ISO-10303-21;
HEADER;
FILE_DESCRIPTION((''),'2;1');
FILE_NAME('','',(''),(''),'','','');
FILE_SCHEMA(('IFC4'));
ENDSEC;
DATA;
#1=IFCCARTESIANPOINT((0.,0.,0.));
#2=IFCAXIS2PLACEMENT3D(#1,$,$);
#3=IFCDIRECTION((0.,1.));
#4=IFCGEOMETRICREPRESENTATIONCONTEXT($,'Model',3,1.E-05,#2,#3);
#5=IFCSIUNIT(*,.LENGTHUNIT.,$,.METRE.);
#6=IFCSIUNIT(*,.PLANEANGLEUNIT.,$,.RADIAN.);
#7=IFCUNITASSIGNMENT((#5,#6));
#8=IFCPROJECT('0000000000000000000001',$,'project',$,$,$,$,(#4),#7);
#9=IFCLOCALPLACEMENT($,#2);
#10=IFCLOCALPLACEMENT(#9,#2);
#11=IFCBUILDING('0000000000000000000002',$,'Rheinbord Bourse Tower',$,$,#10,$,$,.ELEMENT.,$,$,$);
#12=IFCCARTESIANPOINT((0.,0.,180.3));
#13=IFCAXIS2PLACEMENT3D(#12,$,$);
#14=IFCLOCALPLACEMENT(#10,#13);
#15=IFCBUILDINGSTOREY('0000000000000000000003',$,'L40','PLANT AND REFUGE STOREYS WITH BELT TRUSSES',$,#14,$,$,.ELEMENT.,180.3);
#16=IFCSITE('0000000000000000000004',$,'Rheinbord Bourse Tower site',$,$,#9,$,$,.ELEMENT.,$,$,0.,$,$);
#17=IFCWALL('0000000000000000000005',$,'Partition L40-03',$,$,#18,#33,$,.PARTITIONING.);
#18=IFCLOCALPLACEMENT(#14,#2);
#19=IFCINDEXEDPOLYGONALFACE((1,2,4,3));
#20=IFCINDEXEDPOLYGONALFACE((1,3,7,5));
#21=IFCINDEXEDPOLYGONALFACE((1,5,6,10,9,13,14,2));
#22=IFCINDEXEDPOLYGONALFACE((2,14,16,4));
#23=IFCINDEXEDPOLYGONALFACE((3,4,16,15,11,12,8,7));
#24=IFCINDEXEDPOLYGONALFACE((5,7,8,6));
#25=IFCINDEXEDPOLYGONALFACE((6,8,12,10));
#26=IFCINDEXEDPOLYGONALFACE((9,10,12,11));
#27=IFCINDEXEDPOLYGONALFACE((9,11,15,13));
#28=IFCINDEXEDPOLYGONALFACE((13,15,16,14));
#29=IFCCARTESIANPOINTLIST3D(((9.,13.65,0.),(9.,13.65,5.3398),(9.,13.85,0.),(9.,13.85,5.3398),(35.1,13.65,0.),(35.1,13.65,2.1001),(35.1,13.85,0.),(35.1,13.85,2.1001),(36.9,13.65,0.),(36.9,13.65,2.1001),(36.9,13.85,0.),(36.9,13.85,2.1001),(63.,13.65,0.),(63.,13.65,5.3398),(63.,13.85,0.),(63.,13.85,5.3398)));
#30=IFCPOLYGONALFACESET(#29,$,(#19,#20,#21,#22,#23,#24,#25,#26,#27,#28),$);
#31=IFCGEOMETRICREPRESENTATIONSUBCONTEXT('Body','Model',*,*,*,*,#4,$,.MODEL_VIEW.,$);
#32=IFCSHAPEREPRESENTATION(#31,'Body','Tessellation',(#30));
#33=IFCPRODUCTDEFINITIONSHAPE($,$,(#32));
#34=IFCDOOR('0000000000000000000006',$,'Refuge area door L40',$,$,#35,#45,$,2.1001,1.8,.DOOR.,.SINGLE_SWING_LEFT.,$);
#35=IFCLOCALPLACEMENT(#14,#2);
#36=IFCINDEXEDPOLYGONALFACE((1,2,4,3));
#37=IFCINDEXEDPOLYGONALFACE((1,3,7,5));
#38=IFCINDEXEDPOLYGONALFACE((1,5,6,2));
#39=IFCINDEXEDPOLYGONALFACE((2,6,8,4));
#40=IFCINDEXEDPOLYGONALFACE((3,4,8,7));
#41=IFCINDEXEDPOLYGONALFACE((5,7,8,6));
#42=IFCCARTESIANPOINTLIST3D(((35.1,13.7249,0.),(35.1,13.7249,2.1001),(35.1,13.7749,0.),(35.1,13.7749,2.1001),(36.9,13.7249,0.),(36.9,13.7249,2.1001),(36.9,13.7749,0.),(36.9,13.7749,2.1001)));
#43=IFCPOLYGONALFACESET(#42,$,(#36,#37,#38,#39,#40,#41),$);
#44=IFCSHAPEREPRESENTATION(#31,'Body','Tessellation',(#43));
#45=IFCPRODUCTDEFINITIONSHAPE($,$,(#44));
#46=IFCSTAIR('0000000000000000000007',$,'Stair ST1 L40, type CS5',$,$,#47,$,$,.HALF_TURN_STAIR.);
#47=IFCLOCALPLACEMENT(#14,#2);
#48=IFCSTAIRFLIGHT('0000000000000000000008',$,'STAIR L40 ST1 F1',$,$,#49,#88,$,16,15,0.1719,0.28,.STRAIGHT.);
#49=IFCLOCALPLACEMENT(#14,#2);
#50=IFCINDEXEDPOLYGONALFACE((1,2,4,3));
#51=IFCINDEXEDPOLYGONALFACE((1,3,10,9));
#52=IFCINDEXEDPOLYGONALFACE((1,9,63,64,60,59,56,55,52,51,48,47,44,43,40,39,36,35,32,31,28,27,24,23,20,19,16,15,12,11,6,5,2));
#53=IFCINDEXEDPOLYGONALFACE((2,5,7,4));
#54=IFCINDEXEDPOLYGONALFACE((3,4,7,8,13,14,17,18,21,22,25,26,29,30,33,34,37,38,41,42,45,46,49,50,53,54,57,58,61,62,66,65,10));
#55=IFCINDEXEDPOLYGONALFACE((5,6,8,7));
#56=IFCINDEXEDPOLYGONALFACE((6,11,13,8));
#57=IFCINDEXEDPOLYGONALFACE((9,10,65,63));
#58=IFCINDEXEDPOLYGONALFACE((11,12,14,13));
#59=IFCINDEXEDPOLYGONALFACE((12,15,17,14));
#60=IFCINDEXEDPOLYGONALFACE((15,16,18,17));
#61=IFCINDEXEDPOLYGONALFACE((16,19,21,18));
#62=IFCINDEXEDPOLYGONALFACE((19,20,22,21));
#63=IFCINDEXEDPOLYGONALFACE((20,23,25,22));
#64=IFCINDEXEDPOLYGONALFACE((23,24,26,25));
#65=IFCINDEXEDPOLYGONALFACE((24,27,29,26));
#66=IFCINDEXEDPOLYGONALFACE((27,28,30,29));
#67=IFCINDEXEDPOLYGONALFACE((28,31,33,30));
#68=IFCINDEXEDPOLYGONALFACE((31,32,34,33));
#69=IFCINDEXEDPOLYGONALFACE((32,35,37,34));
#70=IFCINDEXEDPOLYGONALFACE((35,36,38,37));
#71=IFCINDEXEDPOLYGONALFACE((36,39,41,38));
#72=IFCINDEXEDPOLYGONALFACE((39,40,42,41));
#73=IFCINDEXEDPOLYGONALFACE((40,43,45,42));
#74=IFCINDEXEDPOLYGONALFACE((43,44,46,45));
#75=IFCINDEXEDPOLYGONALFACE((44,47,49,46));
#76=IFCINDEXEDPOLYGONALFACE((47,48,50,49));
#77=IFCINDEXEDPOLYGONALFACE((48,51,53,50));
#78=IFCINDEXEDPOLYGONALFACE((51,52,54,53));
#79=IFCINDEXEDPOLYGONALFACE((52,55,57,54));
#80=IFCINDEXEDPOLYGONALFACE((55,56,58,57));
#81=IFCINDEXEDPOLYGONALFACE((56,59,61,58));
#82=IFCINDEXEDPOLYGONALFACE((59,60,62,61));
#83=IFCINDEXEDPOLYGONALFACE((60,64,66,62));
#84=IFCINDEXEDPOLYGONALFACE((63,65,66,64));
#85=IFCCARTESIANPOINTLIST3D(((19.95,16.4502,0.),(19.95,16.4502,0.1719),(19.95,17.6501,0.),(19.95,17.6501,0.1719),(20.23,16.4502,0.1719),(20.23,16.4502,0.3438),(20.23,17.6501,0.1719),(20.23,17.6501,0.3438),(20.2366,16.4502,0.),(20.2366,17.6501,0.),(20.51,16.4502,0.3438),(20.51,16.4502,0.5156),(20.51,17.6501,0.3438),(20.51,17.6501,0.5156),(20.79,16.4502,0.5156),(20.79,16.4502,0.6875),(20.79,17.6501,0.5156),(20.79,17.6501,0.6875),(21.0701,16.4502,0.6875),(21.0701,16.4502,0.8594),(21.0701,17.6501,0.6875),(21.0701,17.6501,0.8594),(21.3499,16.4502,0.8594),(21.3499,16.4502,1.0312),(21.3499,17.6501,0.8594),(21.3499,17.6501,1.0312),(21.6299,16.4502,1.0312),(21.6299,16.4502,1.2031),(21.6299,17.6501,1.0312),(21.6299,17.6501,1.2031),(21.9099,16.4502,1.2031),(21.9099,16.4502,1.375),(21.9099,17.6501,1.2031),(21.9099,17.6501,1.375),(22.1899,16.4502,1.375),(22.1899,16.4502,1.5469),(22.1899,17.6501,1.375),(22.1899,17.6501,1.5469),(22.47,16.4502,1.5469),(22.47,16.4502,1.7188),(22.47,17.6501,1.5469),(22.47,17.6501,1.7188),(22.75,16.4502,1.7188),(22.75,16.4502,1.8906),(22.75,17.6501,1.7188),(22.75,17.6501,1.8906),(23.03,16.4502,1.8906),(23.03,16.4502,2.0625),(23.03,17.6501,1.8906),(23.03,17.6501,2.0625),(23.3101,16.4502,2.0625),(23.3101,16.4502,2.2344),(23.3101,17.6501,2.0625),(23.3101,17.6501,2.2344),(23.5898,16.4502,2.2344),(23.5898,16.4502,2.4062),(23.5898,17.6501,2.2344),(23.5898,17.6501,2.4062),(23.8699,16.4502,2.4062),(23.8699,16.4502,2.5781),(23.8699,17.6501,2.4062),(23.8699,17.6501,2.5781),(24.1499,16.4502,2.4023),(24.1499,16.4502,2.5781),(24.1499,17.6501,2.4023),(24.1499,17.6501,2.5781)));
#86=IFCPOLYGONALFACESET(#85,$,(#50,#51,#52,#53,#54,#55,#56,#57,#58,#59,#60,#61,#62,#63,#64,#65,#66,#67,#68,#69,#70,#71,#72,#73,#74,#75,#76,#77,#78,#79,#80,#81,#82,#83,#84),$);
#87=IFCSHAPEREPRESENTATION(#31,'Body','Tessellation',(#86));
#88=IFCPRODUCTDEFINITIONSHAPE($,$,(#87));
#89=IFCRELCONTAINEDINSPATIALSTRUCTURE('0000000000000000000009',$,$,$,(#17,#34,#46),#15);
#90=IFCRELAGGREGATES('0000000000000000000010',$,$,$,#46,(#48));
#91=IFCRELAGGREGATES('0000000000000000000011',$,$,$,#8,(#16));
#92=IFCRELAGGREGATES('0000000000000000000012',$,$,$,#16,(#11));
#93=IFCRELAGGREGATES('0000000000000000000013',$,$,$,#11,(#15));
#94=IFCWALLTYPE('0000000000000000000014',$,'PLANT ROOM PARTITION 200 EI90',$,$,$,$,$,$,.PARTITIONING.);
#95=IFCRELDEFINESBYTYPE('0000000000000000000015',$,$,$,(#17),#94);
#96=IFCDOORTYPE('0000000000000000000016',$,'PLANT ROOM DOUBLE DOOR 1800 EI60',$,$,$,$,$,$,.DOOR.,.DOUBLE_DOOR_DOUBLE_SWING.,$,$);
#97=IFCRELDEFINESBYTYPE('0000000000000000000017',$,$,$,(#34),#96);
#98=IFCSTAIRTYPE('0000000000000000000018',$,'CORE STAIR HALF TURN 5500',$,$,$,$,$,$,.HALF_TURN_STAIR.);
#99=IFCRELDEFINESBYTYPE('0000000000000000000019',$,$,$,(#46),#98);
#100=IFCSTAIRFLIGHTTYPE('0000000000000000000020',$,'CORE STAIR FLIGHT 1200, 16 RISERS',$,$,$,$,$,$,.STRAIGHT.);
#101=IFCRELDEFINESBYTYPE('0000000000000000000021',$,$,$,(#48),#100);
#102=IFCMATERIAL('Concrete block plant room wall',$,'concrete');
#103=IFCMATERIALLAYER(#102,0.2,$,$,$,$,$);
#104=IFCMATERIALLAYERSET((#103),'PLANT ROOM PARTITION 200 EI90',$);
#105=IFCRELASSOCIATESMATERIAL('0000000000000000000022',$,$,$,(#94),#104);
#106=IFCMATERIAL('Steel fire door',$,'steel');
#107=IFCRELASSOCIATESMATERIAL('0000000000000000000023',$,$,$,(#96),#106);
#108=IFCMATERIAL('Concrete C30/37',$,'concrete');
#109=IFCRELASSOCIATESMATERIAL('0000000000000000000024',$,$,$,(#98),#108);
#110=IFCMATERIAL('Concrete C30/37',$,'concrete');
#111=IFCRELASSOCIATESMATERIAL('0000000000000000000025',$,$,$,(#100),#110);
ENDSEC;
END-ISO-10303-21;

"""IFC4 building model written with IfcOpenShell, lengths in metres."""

from ifc_helpers import new_model, si_unit, direction, frame, frame_2d, origin, place, context, subcontext, project, spatial, polyline, rectangle, outline, extrude, material, layer, layer_set, type_object, element, fill, aggregate, save


model = new_model("IFC4")

# Units and contexts
model_context = context("Model", 3, precision=1e-05, world=origin(), true_north=direction((0.0, 1.0)))
body_context = subcontext(model_context, "Body", "Model", "MODEL_VIEW")
ifc_project = project(units=[si_unit("LENGTHUNIT", "METRE"), si_unit("PLANEANGLEUNIT", "RADIAN")], contexts=[model_context])

# Site, building, storey
site_placement = place(None, origin())
site = spatial("IfcSite", under=ifc_project, at=site_placement, Name="Rheinbord Bourse Tower site", CompositionType="ELEMENT", RefElevation=0.0)
building_placement = place(site_placement, origin())
building = spatial("IfcBuilding", under=site, at=building_placement, Name="Rheinbord Bourse Tower", CompositionType="ELEMENT")
storey_placement = place(building_placement, frame((0.0, 0.0, 180.3)))
storey = spatial("IfcBuildingStorey", under=building, at=storey_placement, Name="L40", Description="PLANT AND REFUGE STOREYS WITH BELT TRUSSES", CompositionType="ELEMENT", Elevation=180.3)

# Wall, opening, door
ifc_material_1 = material(Name="Concrete block plant room wall", Category="concrete")
ifc_layer_1 = layer(ifc_material_1, 0.2)
ifc_layer_set_1 = layer_set([ifc_layer_1], Name="PLANT ROOM PARTITION 200 EI90")
wall_type_1 = type_object("IfcWallType", Name="PLANT ROOM PARTITION 200 EI90", PredefinedType="PARTITIONING", material=ifc_layer_set_1)
wall_1_placement = place(storey_placement, frame((9.0, 13.75, 0.0), z_axis=(0.0, 0.0, 1.0), x_axis=(1.0, 0.0, 0.0)))
wall_1 = element("IfcWall", 1, at=wall_1_placement, inside=storey, type_object=wall_type_1, Name="Partition L40-03", PredefinedType="PARTITIONING", context=body_context, shape_type="SweptSolid", body=[
    extrude(rectangle(XDim=54.0, YDim=0.2, at=frame_2d((27.0, 0.0))), origin(), (0.0, 0.0, 1.0), 5.3398),
])
opening_1_placement = place(wall_1_placement, frame((26.1001, 0.0, 0.0)))
opening_1 = element("IfcOpeningElement", 2, at=opening_1_placement, cuts=wall_1, PredefinedType="OPENING", context=body_context, shape_type="SweptSolid", body=[
    extrude(rectangle(XDim=1.8, YDim=2.1001, at=frame_2d((0.8999, 1.05))), frame((0.0, 0.1099, 0.0), z_axis=(0.0, -1.0, 0.0), x_axis=(1.0, 0.0, 0.0)), (0.0, 0.0, 1.0), 0.22),
])
ifc_material_2 = material(Name="Steel fire door", Category="steel")
door_type_1 = type_object("IfcDoorType", Name="PLANT ROOM DOUBLE DOOR 1800 EI60", OperationType="DOUBLE_DOOR_DOUBLE_SWING", PredefinedType="DOOR", material=ifc_material_2)
door_1_placement = place(opening_1_placement, origin())
door_1 = element("IfcDoor", 3, at=door_1_placement, inside=storey, type_object=door_type_1, Name="Refuge area door L40", OperationType="SINGLE_SWING_LEFT", OverallHeight=2.1001, OverallWidth=1.8, PredefinedType="DOOR", context=body_context, shape_type="SweptSolid", body=[
    extrude(rectangle(XDim=1.8, YDim=2.1001, at=frame_2d((0.8999, 1.05))), frame((0.0, 0.0249, 0.0), z_axis=(0.0, -1.0, 0.0), x_axis=(1.0, 0.0, 0.0)), (0.0, 0.0, 1.0), 0.05),
])
fill(opening_1, door_1)

# Stair, stair flight
ifc_material_3 = material(Name="Concrete C30/37", Category="concrete")
stair_type = type_object("IfcStairType", Name="CORE STAIR HALF TURN 5500", PredefinedType="HALF_TURN_STAIR", material=ifc_material_3)
stair_placement = place(storey_placement, origin())
stair = element("IfcStair", 4, at=stair_placement, inside=storey, type_object=stair_type, Name="Stair ST1 L40, type CS5", PredefinedType="HALF_TURN_STAIR")
ifc_material_4 = material(Name="Concrete C30/37", Category="concrete")
stair_flight_type = type_object("IfcStairFlightType", Name="CORE STAIR FLIGHT 1200, 16 RISERS", PredefinedType="STRAIGHT", material=ifc_material_4)
stair_flight_placement = place(storey_placement, frame((19.95, 17.05, 0.0), z_axis=(0.0, 0.0, 1.0), x_axis=(1.0, 0.0, 0.0)))
stair_flight = element("IfcStairFlight", 5, at=stair_flight_placement, type_object=stair_flight_type, Name="STAIR L40 ST1 F1", NumberOfRisers=16, NumberOfTreads=15, PredefinedType="STRAIGHT", RiserHeight=0.1719, TreadLength=0.28, context=body_context, shape_type="SweptSolid", body=[
    extrude(outline(polyline([(0.0, 0.0), (0.0, 0.1719), (0.28, 0.1719), (0.28, 0.3438), (0.5601, 0.3438), (0.5601, 0.5156), (0.8401, 0.5156), (0.8401, 0.6875), (1.1201, 0.6875), (1.1201, 0.8594), (1.3999, 0.8594), (1.3999, 1.0312), (1.6799, 1.0312), (1.6799, 1.2031), (1.96, 1.2031), (1.96, 1.375), (2.24, 1.375), (2.24, 1.5469), (2.52, 1.5469), (2.52, 1.7188), (2.8, 1.7188), (2.8, 1.8906), (3.0801, 1.8906), (3.0801, 2.0625), (3.3601, 2.0625), (3.3601, 2.2344), (3.6399, 2.2344), (3.6399, 2.4062), (3.9199, 2.4062), (3.9199, 2.5781), (4.2, 2.5781), (4.2, 2.75), (4.2, 2.4023), (0.2866, 0.0), (0.0, 0.0)])), frame((0.0, 0.6001, 0.0), z_axis=(0.0, -1.0, 0.0), x_axis=(1.0, 0.0, 0.0)), (0.0, 0.0, 1.0), 1.2),
])
aggregate(stair, [stair_flight])

save(model, "model.ifc")
